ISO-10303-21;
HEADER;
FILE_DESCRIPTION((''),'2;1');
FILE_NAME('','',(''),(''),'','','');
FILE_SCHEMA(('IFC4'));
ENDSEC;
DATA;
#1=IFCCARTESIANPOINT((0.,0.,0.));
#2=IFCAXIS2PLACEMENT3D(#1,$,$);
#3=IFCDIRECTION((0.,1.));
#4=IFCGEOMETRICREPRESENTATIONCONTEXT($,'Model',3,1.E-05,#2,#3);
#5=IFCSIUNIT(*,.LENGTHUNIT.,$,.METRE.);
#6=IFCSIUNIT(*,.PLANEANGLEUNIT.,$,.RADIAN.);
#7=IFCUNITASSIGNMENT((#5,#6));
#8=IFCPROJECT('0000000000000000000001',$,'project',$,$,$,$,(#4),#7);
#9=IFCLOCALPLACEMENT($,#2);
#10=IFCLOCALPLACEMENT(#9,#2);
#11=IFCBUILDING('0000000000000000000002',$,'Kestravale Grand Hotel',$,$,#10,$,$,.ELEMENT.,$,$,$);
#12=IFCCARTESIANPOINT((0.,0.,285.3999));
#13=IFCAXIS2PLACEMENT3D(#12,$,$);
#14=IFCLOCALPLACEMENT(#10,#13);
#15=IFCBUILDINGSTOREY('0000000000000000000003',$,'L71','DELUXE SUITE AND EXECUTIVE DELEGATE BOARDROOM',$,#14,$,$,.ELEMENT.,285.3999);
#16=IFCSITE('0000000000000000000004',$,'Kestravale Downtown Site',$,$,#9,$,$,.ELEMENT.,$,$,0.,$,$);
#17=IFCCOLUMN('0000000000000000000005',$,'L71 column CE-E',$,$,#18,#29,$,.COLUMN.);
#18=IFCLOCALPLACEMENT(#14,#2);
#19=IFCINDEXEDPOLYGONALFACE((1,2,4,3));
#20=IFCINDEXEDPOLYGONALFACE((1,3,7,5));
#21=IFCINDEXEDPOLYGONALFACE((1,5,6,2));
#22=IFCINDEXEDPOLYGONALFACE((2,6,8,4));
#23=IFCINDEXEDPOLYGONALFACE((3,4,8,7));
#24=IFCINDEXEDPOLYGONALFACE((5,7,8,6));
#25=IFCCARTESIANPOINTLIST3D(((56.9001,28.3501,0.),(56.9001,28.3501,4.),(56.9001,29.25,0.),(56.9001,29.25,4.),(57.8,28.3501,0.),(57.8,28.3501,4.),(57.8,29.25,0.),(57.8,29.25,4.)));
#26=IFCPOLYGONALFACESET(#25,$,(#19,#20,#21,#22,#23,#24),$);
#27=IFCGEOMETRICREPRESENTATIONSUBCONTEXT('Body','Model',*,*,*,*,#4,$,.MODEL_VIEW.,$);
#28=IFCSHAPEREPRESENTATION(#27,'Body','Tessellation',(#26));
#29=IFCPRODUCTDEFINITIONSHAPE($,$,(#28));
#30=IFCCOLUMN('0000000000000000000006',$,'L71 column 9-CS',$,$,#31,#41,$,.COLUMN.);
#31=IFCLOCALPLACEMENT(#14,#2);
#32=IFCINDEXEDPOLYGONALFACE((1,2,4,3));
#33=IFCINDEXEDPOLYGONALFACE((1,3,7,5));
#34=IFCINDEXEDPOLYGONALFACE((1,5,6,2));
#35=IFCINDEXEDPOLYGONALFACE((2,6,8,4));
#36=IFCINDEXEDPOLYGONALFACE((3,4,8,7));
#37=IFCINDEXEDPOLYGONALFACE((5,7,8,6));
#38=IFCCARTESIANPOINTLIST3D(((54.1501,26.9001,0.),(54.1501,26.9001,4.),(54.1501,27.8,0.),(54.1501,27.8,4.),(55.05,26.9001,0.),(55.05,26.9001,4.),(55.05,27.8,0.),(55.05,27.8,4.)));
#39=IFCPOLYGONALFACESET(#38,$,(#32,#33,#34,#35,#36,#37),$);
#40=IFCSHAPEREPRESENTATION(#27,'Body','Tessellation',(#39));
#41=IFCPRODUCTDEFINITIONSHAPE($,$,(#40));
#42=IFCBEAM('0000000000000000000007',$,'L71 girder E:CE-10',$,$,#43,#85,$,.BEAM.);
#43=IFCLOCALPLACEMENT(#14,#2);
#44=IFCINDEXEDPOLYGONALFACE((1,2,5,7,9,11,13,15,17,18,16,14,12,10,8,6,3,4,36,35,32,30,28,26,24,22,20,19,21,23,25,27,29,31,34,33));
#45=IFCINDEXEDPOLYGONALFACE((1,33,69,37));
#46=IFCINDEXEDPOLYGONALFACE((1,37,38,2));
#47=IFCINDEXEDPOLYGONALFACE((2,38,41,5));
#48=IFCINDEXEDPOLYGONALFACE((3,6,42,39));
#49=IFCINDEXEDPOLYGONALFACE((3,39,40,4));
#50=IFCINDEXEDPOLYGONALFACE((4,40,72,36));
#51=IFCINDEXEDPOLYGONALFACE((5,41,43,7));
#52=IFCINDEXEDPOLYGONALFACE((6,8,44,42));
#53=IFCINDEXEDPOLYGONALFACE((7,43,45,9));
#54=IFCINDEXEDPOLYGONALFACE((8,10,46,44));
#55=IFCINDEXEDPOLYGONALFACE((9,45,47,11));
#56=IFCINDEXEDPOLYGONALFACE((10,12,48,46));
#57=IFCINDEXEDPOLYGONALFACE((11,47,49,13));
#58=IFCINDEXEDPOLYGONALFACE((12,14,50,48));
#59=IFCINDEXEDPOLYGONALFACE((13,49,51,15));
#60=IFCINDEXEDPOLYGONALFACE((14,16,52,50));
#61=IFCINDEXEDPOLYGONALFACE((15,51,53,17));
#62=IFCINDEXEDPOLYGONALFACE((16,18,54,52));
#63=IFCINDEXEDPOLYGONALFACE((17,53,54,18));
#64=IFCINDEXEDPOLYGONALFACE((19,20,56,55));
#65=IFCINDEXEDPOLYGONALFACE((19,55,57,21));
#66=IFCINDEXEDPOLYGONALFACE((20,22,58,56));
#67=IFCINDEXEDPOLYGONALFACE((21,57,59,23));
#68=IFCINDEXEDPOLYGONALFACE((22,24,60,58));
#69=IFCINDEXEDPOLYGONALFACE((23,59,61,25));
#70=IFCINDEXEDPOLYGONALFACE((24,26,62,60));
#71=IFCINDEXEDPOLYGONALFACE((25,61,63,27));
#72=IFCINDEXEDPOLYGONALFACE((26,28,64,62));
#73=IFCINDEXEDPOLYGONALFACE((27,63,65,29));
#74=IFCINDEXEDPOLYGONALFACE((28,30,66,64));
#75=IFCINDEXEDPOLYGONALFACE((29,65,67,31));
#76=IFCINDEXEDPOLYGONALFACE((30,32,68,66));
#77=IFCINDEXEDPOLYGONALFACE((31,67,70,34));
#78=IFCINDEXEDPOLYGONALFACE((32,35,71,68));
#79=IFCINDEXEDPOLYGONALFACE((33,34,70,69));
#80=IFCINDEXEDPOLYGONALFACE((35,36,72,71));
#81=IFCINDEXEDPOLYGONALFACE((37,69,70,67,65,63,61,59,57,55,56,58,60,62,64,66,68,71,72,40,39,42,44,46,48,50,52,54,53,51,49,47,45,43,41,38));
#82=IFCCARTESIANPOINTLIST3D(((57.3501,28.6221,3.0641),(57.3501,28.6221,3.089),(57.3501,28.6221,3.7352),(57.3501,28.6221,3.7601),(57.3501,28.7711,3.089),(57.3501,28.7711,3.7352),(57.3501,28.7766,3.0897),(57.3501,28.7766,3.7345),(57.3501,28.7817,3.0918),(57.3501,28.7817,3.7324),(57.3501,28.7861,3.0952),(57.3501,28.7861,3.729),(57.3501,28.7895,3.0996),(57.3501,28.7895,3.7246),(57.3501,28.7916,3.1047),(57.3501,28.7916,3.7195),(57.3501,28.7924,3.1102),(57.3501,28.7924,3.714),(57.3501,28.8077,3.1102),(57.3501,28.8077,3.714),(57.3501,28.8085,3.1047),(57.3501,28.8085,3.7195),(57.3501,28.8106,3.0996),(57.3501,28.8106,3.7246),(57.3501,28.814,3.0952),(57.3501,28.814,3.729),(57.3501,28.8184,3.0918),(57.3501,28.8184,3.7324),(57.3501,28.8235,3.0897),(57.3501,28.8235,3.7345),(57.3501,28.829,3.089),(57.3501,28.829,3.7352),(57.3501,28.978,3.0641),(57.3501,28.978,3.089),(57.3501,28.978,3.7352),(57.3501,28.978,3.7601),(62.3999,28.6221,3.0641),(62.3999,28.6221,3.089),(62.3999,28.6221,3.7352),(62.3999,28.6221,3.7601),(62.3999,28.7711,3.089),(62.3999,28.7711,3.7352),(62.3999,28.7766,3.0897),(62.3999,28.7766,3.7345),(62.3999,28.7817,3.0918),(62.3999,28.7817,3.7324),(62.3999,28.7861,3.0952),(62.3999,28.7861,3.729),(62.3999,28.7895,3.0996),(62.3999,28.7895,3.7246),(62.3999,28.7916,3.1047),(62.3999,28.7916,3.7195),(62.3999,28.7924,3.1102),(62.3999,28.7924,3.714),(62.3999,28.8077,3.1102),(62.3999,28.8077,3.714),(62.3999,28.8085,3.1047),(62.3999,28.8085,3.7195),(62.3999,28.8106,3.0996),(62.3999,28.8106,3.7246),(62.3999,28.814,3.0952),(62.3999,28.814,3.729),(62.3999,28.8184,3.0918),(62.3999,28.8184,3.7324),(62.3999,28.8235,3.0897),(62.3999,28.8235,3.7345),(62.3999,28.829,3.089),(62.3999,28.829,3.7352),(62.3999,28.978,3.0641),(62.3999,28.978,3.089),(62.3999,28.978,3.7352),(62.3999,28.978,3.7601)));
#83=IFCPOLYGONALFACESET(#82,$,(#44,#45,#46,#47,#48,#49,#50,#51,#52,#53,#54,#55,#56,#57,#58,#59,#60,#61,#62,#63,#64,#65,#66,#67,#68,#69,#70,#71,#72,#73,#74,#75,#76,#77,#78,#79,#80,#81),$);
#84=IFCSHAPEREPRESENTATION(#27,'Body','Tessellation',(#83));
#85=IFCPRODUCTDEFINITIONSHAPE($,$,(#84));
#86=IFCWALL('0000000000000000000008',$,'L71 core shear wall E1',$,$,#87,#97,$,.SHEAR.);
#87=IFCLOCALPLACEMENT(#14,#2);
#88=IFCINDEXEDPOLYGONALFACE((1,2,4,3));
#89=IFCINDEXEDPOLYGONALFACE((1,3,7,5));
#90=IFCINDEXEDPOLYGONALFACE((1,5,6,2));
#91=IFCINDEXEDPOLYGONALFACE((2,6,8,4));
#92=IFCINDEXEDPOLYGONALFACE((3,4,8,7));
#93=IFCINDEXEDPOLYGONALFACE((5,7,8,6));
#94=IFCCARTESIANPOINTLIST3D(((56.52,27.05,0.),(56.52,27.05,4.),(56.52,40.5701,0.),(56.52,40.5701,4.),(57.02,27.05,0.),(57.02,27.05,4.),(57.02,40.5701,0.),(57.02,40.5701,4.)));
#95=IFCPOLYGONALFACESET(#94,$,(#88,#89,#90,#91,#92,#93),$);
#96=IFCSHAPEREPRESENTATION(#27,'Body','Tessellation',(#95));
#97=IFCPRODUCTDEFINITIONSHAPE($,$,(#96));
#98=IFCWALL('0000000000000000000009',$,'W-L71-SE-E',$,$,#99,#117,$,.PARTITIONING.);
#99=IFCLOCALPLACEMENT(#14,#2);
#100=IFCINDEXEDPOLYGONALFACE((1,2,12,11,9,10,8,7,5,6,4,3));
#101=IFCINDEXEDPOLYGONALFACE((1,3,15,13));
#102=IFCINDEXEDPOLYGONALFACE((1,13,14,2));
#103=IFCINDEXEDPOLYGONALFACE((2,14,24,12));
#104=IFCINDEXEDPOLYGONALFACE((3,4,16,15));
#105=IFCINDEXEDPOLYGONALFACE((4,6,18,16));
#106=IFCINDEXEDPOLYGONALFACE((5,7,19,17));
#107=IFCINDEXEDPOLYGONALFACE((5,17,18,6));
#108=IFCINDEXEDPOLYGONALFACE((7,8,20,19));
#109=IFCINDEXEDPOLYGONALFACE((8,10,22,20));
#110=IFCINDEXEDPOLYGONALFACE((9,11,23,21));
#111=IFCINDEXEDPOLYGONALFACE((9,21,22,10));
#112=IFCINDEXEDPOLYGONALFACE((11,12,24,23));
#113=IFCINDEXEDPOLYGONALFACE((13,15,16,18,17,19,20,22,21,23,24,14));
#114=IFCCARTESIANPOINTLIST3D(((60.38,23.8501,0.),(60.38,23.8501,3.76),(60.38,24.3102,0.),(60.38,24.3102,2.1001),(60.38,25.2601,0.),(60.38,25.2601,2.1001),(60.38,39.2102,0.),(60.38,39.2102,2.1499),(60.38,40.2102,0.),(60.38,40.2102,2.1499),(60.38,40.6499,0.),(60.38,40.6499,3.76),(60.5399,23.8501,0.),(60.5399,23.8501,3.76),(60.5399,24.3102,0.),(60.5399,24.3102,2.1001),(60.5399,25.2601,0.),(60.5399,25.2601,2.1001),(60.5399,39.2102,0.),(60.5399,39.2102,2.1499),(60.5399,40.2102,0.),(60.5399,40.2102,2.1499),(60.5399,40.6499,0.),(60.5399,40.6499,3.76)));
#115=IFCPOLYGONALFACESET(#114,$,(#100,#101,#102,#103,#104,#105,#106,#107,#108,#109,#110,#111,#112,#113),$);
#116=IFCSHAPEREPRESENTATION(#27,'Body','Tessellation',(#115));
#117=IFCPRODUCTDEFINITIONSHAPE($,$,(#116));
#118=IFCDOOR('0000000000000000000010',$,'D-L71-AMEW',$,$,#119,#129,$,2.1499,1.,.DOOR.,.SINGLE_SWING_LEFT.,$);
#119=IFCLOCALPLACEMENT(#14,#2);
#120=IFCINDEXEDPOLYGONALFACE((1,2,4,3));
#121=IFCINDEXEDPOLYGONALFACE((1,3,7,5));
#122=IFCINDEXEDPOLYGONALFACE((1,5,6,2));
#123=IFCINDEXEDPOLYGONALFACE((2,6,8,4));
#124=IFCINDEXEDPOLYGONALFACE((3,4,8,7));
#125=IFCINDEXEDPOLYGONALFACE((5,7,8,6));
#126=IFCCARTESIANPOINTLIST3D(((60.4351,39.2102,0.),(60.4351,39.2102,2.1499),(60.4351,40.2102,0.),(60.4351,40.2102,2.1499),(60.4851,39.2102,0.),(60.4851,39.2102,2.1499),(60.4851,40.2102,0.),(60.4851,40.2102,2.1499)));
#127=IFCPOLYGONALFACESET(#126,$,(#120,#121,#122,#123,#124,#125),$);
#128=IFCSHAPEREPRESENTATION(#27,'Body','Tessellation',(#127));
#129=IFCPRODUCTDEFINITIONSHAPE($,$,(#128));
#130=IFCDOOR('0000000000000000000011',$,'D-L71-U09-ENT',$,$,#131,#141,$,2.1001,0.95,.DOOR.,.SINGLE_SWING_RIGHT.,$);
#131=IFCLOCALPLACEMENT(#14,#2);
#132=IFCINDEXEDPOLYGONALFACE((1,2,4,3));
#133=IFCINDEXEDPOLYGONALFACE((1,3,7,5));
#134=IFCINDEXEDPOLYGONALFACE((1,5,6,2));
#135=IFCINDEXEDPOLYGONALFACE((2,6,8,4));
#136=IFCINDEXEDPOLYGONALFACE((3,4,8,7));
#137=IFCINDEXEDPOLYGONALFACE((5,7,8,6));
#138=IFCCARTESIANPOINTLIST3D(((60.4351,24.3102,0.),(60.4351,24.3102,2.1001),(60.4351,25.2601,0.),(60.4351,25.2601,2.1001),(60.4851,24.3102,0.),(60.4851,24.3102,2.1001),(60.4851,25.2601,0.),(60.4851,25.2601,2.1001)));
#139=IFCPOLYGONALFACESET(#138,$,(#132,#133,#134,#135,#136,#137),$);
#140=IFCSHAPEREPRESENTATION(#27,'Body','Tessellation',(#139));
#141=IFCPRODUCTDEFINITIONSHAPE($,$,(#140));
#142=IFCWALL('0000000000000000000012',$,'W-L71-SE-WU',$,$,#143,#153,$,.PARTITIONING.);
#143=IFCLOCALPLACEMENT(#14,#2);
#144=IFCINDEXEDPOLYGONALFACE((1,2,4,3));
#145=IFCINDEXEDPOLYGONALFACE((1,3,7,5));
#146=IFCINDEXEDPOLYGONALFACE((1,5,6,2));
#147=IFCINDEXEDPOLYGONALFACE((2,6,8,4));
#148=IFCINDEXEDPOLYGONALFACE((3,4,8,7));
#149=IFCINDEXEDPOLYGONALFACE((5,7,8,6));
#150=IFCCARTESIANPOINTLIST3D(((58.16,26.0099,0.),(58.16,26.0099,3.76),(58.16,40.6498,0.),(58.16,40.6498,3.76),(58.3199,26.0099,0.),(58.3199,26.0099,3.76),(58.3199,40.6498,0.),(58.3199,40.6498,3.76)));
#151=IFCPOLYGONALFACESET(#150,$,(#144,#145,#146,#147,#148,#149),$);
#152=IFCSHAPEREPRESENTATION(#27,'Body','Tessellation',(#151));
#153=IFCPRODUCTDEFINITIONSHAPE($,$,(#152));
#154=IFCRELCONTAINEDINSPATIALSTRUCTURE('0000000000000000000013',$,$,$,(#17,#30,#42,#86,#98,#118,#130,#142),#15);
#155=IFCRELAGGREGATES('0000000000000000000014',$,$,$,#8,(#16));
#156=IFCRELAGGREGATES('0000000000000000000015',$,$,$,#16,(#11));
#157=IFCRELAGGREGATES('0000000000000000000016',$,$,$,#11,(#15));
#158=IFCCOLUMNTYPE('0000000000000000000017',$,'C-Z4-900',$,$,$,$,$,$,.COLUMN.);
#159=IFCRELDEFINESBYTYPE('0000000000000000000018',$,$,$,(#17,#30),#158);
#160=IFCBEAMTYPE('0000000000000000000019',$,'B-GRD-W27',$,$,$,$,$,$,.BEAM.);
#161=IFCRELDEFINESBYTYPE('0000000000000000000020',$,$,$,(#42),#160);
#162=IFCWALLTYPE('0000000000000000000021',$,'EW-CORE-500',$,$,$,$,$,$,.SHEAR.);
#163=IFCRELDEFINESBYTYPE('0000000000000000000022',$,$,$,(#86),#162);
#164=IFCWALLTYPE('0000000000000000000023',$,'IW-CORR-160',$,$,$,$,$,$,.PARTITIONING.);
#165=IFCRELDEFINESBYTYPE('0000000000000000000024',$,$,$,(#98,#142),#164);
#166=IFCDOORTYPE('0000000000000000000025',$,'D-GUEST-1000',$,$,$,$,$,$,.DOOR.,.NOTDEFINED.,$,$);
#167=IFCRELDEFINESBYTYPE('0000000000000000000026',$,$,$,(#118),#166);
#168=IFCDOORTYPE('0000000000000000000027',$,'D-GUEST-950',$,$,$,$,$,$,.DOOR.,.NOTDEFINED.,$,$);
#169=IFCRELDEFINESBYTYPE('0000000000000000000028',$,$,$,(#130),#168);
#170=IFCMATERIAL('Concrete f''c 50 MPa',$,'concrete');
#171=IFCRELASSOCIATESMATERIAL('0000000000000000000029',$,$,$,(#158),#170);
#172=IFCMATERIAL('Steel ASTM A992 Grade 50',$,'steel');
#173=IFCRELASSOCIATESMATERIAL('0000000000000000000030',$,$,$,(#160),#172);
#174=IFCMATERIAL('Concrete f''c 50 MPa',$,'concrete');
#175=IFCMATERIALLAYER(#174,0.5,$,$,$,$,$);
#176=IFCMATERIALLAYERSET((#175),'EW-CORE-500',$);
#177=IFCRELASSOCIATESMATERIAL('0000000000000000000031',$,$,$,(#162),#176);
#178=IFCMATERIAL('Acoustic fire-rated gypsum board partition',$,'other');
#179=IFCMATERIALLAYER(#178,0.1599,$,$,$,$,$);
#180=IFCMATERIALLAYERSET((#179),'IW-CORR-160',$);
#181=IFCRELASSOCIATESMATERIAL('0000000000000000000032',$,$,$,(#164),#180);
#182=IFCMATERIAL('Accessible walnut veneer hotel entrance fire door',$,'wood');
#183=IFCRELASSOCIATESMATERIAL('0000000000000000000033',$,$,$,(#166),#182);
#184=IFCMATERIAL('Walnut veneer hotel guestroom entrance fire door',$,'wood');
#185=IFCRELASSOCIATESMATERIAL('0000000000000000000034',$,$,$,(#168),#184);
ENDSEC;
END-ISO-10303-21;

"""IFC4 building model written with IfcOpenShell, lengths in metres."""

from ifc_helpers import new_model, si_unit, direction, frame, frame_2d, origin, origin_2d, place, context, subcontext, project, spatial, rectangle, i_section, extrude, material, layer, layer_set, material_profile, profile_set, type_object, element, fill, save


model = new_model("IFC4")

# Units and contexts
model_context = context("Model", 3, precision=1e-05, world=origin(), true_north=direction((0.0, 1.0)))
body_context = subcontext(model_context, "Body", "Model", "MODEL_VIEW")
ifc_project = project(units=[si_unit("LENGTHUNIT", "METRE"), si_unit("PLANEANGLEUNIT", "RADIAN")], contexts=[model_context])

# Site, building, storey
site_placement = place(None, origin())
site = spatial("IfcSite", under=ifc_project, at=site_placement, Name="Kestravale Downtown Site", CompositionType="ELEMENT", RefElevation=0.0)
building_placement = place(site_placement, origin())
building = spatial("IfcBuilding", under=site, at=building_placement, Name="Kestravale Grand Hotel", CompositionType="ELEMENT")
storey_placement = place(building_placement, frame((0.0, 0.0, 285.3999)))
storey = spatial("IfcBuildingStorey", under=building, at=storey_placement, Name="L71", Description="DELUXE SUITE AND EXECUTIVE DELEGATE BOARDROOM", CompositionType="ELEMENT", Elevation=285.3999)

# Columns
ifc_material_1 = material(Name="Concrete f'c 50 MPa", Category="concrete")
ifc_material_profile_1 = material_profile(ifc_material_1, rectangle(XDim=0.8999, YDim=0.8999, at=origin_2d()))
ifc_profile_set_1 = profile_set([ifc_material_profile_1], Name="Concrete f'c 50 MPa")
column_type = type_object("IfcColumnType", Name="C-Z4-900", PredefinedType="COLUMN", material=ifc_profile_set_1)
for number, where, z_axis, x_axis, name in (
    (1, (57.3501, 28.8, 0.0), (0.0, 0.0, 1.0), (1.0, 0.0, 0.0), "L71 column CE-E"),
    (2, (54.6001, 27.3501, 0.0), (0.0, 0.0, 1.0), (1.0, 0.0, 0.0), "L71 column 9-CS"),
):
    element("IfcColumn", number, at=place(storey_placement, frame(where, z_axis=z_axis, x_axis=x_axis)), inside=storey, type_object=column_type, Name=name, PredefinedType="COLUMN", context=body_context, shape_type="SweptSolid", body=[
        extrude(rectangle(XDim=0.8999, YDim=0.8999, at=origin_2d()), origin(), (0.0, 0.0, 1.0), 4.0),
    ])

# Beam
ifc_material_2 = material(Name="Steel ASTM A992 Grade 50", Category="steel")
ifc_material_profile_2 = material_profile(ifc_material_2, i_section(OverallWidth=0.356, OverallDepth=0.696, WebThickness=0.0154, FlangeThickness=0.0249, FilletRadius=0.0212, at=origin_2d()))
ifc_profile_set_2 = profile_set([ifc_material_profile_2], Name="Steel ASTM A992 Grade 50")
beam_type = type_object("IfcBeamType", Name="B-GRD-W27", PredefinedType="BEAM", material=ifc_profile_set_2)
beam_placement = place(storey_placement, frame((57.3501, 28.8, 3.4121), z_axis=(1.0, 0.0, 0.0), x_axis=(0.0, 1.0, 0.0)))
element("IfcBeam", 3, at=beam_placement, inside=storey, type_object=beam_type, Name="L71 girder E:CE-10", PredefinedType="BEAM", context=body_context, shape_type="SweptSolid", body=[
    extrude(i_section(OverallWidth=0.356, OverallDepth=0.696, WebThickness=0.0154, FlangeThickness=0.0249, FilletRadius=0.0212, at=origin_2d()), origin(), (0.0, 0.0, 1.0), 5.0498),
])

# Wall
ifc_material_3 = material(Name="Concrete f'c 50 MPa", Category="concrete")
ifc_layer_1 = layer(ifc_material_3, 0.5)
ifc_layer_set_1 = layer_set([ifc_layer_1], Name="EW-CORE-500")
wall_type_1 = type_object("IfcWallType", Name="EW-CORE-500", PredefinedType="SHEAR", material=ifc_layer_set_1)
wall_1_placement = place(storey_placement, frame((56.77, 27.05, 0.0), z_axis=(0.0, 0.0, 1.0), x_axis=(0.0, 1.0, 0.0)))
element("IfcWall", 4, at=wall_1_placement, inside=storey, type_object=wall_type_1, Name="L71 core shear wall E1", PredefinedType="SHEAR", context=body_context, shape_type="SweptSolid", body=[
    extrude(rectangle(XDim=13.52, YDim=0.5, at=frame_2d((6.76, 0.0))), origin(), (0.0, 0.0, 1.0), 4.0),
])

# Wall, openings, doors
ifc_material_4 = material(Name="Acoustic fire-rated gypsum board partition", Category="other")
ifc_layer_2 = layer(ifc_material_4, 0.1599)
ifc_layer_set_2 = layer_set([ifc_layer_2], Name="IW-CORR-160")
wall_type_2 = type_object("IfcWallType", Name="IW-CORR-160", PredefinedType="PARTITIONING", material=ifc_layer_set_2)
wall_2_placement = place(storey_placement, frame((60.46, 23.8501, 0.0), z_axis=(0.0, 0.0, 1.0), x_axis=(0.0, 1.0, 0.0)))
wall_2 = element("IfcWall", 5, at=wall_2_placement, inside=storey, type_object=wall_type_2, Name="W-L71-SE-E", PredefinedType="PARTITIONING", context=body_context, shape_type="SweptSolid", body=[
    extrude(rectangle(XDim=16.7998, YDim=0.1599, at=frame_2d((8.3999, 0.0))), origin(), (0.0, 0.0, 1.0), 3.76),
])
opening_1_placement = place(wall_2_placement, frame((0.46, 0.0, 0.0)))
opening_1 = element("IfcOpeningElement", 6, at=opening_1_placement, cuts=wall_2, PredefinedType="OPENING", context=body_context, shape_type="SweptSolid", body=[
    extrude(rectangle(XDim=0.95, YDim=2.1001, at=frame_2d((0.4751, 1.05))), frame((0.0, 0.0898, 0.0), z_axis=(0.0, -1.0, 0.0), x_axis=(1.0, 0.0, 0.0)), (0.0, 0.0, 1.0), 0.1799),
])
opening_2_placement = place(wall_2_placement, frame((15.3601, 0.0, 0.0)))
opening_2 = element("IfcOpeningElement", 7, at=opening_2_placement, cuts=wall_2, PredefinedType="OPENING", context=body_context, shape_type="SweptSolid", body=[
    extrude(rectangle(XDim=1.0, YDim=2.1499, at=frame_2d((0.5, 1.075))), frame((0.0, 0.0898, 0.0), z_axis=(0.0, -1.0, 0.0), x_axis=(1.0, 0.0, 0.0)), (0.0, 0.0, 1.0), 0.1799),
])
ifc_material_5 = material(Name="Accessible walnut veneer hotel entrance fire door", Category="wood")
door_type_1 = type_object("IfcDoorType", Name="D-GUEST-1000", OperationType="NOTDEFINED", PredefinedType="DOOR", material=ifc_material_5)
door_1_placement = place(opening_2_placement, origin())
door_1 = element("IfcDoor", 8, at=door_1_placement, inside=storey, type_object=door_type_1, Name="D-L71-AMEW", OperationType="SINGLE_SWING_LEFT", OverallHeight=2.1499, OverallWidth=1.0, PredefinedType="DOOR", context=body_context, shape_type="SweptSolid", body=[
    extrude(rectangle(XDim=1.0, YDim=2.1499, at=frame_2d((0.5, 1.075))), frame((0.0, 0.0249, 0.0), z_axis=(0.0, -1.0, 0.0), x_axis=(1.0, 0.0, 0.0)), (0.0, 0.0, 1.0), 0.05),
])
fill(opening_2, door_1)
ifc_material_6 = material(Name="Walnut veneer hotel guestroom entrance fire door", Category="wood")
door_type_2 = type_object("IfcDoorType", Name="D-GUEST-950", OperationType="NOTDEFINED", PredefinedType="DOOR", material=ifc_material_6)
door_2_placement = place(opening_1_placement, origin())
door_2 = element("IfcDoor", 9, at=door_2_placement, inside=storey, type_object=door_type_2, Name="D-L71-U09-ENT", OperationType="SINGLE_SWING_RIGHT", OverallHeight=2.1001, OverallWidth=0.95, PredefinedType="DOOR", context=body_context, shape_type="SweptSolid", body=[
    extrude(rectangle(XDim=0.95, YDim=2.1001, at=frame_2d((0.4751, 1.05))), frame((0.0, 0.0249, 0.0), z_axis=(0.0, -1.0, 0.0), x_axis=(1.0, 0.0, 0.0)), (0.0, 0.0, 1.0), 0.05),
])
fill(opening_1, door_2)

# Wall
wall_3_placement = place(storey_placement, frame((58.24, 26.01, 0.0), z_axis=(0.0, 0.0, 1.0), x_axis=(0.0, 1.0, 0.0)))
element("IfcWall", 10, at=wall_3_placement, inside=storey, type_object=wall_type_2, Name="W-L71-SE-WU", PredefinedType="PARTITIONING", context=body_context, shape_type="SweptSolid", body=[
    extrude(rectangle(XDim=14.6399, YDim=0.1599, at=frame_2d((7.3198, 0.0))), origin(), (0.0, 0.0, 1.0), 3.76),
])

save(model, "model.ifc")
